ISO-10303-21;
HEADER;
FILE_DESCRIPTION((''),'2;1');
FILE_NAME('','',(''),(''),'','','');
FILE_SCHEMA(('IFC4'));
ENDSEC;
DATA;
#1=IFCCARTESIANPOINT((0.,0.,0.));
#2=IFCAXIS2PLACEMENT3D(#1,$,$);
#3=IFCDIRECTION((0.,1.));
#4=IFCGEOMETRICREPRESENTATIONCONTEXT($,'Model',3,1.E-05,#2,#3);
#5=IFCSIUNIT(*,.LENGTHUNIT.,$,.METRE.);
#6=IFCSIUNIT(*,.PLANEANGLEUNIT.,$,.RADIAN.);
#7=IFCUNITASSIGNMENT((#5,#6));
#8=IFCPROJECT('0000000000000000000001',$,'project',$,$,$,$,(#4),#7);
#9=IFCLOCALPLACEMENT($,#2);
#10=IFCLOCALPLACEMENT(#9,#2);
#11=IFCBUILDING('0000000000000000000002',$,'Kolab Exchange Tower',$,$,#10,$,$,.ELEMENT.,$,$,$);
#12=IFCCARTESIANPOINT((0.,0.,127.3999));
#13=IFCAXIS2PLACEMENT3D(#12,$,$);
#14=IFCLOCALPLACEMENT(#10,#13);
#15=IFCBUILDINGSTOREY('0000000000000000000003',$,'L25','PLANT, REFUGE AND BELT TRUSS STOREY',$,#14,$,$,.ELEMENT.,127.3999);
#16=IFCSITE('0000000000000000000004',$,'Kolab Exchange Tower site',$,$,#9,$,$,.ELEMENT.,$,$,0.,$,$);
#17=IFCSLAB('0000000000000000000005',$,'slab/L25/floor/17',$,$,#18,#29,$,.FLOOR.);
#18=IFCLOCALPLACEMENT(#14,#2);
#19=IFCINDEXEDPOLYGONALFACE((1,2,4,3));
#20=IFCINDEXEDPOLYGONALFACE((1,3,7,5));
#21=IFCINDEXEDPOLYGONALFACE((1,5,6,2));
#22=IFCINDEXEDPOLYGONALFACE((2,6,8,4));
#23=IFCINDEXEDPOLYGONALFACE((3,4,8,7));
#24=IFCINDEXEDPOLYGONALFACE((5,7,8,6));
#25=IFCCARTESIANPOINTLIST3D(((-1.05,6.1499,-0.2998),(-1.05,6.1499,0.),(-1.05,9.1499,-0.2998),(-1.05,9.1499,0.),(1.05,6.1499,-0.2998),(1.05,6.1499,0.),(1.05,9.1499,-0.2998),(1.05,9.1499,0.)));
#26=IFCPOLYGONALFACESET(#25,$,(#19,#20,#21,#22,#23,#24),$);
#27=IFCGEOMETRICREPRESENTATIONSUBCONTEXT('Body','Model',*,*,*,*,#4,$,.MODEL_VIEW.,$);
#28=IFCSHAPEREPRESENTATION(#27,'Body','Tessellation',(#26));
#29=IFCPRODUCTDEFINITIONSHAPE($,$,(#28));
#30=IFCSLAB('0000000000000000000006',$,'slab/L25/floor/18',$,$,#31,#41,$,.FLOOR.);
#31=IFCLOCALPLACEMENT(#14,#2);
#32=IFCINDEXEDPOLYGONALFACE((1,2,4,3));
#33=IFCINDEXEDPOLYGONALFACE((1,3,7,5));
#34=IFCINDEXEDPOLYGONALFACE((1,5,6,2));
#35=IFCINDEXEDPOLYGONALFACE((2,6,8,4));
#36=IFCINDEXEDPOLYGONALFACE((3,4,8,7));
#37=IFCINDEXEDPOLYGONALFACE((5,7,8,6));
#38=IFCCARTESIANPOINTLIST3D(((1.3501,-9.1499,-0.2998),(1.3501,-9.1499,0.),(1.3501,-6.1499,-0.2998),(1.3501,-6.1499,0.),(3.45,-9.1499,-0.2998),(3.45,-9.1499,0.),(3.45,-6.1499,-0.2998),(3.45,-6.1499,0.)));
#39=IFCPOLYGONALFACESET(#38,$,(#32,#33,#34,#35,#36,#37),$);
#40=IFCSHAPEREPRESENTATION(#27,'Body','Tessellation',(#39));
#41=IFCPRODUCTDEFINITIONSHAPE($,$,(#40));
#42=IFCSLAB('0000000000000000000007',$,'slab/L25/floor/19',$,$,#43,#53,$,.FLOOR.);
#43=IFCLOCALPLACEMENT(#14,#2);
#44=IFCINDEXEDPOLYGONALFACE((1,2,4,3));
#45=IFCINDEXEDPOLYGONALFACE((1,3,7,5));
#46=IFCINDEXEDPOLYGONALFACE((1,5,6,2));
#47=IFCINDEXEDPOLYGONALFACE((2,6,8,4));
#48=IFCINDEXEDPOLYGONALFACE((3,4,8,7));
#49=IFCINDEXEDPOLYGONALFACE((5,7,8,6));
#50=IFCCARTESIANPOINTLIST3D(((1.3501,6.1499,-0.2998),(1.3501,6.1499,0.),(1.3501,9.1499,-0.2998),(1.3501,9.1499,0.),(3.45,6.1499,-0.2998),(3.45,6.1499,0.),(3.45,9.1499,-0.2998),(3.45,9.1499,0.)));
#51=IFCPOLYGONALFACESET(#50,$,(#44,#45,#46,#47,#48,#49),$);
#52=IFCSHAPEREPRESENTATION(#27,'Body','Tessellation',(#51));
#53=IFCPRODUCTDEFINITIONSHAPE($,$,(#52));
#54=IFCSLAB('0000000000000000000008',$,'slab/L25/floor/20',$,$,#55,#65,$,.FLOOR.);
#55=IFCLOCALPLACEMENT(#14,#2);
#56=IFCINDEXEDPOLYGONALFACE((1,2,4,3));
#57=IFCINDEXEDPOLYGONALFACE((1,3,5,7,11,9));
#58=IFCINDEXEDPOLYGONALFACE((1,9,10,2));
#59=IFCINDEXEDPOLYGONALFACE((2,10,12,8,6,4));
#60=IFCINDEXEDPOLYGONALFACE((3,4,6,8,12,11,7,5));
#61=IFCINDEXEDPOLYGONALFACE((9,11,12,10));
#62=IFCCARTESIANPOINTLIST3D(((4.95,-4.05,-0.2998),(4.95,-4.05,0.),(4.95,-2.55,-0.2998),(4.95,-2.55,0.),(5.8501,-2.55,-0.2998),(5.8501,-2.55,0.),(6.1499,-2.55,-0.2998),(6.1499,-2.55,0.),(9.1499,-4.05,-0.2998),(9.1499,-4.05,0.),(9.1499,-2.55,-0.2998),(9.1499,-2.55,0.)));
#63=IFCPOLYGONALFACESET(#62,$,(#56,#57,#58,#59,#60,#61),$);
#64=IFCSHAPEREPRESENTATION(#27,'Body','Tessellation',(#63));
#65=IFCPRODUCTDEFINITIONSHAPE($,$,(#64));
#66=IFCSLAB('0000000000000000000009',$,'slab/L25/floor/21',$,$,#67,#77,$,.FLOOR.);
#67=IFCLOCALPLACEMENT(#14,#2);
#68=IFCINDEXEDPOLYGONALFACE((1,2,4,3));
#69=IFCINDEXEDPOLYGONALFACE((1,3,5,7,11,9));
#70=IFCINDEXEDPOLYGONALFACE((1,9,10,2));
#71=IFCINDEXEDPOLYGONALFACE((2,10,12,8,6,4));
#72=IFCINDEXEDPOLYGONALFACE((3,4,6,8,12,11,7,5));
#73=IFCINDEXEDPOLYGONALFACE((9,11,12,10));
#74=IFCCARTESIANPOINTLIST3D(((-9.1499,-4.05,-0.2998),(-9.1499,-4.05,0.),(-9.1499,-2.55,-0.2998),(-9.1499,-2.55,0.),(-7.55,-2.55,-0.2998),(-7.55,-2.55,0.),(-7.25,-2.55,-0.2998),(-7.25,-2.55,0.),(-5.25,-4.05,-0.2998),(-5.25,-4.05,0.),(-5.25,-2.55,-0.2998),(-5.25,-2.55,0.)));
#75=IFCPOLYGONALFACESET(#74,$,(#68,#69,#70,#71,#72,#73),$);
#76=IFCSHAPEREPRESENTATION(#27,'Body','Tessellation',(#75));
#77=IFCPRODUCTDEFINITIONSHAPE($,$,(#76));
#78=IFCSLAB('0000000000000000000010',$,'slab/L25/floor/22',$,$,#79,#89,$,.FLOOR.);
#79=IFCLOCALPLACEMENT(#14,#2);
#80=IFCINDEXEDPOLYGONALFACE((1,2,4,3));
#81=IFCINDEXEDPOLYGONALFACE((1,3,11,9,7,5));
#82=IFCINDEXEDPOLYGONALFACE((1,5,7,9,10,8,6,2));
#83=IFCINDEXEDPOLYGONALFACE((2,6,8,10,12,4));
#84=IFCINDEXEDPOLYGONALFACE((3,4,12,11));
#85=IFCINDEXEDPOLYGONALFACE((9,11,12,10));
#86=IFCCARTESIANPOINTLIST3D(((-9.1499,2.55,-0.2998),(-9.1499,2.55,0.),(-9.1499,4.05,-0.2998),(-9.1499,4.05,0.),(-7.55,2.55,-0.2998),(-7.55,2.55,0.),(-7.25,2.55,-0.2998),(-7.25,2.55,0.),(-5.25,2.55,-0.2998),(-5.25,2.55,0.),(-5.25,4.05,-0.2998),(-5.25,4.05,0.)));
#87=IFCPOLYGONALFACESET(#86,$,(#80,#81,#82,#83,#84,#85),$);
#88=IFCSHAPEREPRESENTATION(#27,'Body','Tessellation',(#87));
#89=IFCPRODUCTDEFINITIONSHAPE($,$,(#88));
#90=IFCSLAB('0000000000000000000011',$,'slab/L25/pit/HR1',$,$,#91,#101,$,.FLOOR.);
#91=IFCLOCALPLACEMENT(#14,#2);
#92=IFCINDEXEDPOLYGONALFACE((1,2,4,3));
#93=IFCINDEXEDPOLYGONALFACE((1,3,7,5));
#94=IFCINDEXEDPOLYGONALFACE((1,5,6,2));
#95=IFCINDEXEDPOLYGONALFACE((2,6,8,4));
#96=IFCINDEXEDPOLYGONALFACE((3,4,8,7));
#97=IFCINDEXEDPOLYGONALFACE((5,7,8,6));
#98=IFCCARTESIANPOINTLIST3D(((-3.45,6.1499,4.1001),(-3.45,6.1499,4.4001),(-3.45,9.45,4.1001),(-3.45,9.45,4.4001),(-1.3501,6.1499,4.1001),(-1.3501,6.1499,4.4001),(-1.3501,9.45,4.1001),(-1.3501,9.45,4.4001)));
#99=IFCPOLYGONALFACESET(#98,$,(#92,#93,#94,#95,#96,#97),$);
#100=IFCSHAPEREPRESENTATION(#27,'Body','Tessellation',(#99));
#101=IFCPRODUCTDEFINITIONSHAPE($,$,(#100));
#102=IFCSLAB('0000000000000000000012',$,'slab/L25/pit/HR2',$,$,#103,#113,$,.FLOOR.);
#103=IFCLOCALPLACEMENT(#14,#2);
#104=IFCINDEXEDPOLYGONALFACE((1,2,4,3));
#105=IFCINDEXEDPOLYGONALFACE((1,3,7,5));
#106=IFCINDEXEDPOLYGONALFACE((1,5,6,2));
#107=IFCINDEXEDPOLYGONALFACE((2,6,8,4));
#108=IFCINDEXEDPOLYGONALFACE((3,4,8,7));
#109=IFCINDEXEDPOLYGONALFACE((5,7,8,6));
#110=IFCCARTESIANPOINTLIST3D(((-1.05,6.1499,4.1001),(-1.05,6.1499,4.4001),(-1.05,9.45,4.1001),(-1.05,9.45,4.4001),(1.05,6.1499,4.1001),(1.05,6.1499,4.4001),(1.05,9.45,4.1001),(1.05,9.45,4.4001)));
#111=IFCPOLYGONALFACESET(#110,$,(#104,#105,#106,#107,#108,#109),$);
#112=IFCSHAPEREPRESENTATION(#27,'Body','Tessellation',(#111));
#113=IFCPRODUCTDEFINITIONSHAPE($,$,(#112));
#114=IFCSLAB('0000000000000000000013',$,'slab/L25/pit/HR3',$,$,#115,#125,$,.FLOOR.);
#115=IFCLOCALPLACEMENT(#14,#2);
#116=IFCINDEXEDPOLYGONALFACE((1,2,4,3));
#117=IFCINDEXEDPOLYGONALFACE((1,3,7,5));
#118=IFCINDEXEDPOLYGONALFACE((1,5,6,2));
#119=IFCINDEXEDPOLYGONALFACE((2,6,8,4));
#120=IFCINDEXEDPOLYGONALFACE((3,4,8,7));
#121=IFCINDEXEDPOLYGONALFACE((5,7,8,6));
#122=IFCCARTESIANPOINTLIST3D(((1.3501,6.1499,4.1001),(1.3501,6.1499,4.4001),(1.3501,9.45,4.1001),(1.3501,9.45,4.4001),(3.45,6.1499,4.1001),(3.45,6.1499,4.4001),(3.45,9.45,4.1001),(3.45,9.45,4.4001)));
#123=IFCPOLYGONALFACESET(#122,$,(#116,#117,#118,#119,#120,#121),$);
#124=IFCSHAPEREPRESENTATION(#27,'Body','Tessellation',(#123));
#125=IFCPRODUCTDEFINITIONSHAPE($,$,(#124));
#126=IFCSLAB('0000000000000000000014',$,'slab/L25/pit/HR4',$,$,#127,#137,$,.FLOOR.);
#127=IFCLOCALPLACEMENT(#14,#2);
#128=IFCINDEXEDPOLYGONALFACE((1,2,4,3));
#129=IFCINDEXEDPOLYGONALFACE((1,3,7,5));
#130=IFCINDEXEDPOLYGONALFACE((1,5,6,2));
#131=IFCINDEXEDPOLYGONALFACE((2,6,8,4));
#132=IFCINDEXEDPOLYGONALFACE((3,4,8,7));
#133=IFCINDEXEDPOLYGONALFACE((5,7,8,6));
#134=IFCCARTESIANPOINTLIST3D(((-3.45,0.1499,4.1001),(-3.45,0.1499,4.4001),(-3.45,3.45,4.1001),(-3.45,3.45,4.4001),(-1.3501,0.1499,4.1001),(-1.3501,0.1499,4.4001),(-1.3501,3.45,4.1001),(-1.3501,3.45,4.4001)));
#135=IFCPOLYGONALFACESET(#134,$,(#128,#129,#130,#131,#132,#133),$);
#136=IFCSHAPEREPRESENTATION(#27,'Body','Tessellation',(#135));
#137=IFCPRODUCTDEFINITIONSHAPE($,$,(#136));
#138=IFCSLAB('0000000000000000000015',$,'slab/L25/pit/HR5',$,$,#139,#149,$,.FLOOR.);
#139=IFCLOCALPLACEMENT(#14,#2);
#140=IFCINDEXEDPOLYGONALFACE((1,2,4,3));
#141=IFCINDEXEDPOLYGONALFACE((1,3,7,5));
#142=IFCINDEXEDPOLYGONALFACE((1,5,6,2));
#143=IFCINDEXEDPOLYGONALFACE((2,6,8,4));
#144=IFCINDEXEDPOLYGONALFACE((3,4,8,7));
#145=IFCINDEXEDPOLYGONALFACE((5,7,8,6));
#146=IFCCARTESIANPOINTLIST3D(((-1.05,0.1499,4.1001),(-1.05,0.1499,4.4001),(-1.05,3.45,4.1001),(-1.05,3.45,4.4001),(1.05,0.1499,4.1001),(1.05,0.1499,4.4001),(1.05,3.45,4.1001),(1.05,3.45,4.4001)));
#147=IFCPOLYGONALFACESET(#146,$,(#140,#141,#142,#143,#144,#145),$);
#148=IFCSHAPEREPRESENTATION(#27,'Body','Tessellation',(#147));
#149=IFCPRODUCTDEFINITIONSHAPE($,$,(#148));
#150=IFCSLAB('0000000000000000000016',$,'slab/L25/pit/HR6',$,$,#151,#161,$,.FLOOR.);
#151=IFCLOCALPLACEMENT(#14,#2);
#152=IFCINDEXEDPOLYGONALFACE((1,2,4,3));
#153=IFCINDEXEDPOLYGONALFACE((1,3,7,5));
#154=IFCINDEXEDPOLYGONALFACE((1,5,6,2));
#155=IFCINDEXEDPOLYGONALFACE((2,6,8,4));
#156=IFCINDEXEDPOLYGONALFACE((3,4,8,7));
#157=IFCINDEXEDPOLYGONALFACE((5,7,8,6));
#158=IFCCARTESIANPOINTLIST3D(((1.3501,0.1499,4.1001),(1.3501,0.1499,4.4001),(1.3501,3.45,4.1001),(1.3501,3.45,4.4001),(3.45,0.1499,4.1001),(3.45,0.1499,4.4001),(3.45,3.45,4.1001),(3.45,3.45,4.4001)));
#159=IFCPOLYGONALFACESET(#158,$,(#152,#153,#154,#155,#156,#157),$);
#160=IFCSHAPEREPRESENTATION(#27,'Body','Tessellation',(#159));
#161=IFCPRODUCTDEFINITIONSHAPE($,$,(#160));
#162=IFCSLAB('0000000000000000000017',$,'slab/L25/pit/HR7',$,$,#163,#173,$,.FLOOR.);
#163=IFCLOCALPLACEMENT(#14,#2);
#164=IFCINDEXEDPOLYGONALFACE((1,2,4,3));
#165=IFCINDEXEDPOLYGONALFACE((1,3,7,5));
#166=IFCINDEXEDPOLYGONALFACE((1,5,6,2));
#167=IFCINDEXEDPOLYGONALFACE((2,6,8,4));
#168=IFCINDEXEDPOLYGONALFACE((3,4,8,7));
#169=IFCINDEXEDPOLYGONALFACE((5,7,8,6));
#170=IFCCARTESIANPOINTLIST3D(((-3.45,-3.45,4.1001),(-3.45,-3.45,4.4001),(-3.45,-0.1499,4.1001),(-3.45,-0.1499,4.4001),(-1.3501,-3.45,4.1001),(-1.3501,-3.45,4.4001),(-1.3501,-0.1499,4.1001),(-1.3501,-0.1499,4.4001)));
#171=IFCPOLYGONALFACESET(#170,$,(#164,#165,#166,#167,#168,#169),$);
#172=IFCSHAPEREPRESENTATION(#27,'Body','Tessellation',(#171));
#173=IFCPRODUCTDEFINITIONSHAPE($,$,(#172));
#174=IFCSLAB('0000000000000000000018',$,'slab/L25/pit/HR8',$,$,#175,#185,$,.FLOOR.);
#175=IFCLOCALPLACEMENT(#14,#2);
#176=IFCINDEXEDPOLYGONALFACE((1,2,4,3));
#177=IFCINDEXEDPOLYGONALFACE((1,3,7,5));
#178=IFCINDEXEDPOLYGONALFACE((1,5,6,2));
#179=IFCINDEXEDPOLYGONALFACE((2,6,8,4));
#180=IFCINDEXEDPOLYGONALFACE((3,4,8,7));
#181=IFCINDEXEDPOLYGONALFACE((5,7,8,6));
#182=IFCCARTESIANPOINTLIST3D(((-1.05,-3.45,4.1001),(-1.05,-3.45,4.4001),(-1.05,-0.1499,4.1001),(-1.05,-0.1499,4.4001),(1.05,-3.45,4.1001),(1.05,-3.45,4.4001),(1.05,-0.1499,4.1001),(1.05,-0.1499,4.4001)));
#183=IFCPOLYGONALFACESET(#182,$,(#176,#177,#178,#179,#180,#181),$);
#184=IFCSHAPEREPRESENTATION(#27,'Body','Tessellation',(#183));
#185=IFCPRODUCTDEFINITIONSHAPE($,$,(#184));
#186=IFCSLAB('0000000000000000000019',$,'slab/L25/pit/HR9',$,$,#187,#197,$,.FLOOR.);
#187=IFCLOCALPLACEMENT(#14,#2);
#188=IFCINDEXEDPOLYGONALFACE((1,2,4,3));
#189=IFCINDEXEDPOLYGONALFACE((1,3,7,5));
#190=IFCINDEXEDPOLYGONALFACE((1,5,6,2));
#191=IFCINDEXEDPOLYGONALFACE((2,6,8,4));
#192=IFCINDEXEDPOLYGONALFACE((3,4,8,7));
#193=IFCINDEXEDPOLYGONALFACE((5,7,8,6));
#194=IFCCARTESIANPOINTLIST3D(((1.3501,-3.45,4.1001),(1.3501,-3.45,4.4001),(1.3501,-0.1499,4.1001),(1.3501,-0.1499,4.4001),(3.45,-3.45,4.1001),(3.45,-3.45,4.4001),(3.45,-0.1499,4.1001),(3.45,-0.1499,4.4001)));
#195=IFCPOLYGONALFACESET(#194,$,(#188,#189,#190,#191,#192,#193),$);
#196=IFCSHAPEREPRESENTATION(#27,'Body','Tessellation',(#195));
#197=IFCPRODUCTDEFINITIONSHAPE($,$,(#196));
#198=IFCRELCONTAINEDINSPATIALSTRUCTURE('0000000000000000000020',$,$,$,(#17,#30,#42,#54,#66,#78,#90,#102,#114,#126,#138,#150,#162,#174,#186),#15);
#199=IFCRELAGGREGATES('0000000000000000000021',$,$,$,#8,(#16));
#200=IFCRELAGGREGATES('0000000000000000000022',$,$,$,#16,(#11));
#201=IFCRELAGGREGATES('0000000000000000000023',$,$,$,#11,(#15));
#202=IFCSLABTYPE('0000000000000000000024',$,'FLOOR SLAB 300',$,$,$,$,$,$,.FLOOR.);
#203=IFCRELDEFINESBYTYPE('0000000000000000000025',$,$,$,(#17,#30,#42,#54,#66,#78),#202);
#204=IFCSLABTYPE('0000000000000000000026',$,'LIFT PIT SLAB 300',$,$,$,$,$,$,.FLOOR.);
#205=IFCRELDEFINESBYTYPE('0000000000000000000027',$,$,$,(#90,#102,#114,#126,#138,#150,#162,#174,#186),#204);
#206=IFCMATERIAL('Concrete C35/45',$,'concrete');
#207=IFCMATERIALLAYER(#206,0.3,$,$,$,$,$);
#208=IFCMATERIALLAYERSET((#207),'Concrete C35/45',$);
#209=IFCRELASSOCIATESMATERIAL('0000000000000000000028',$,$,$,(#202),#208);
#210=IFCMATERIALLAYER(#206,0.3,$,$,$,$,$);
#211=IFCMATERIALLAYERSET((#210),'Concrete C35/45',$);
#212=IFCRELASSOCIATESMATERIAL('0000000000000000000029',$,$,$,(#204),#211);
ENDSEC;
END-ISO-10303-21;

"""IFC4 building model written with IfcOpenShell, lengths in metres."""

from ifc_helpers import new_model, si_unit, direction, frame, origin, place, context, subcontext, project, spatial, polyline, outline, extrude, material, layer, layer_set, type_object, element, save


model = new_model("IFC4")

# Units and contexts
model_context = context("Model", 3, precision=1e-05, world=origin(), true_north=direction((0.0, 1.0)))
body_context = subcontext(model_context, "Body", "Model", "MODEL_VIEW")
ifc_project = project(units=[si_unit("LENGTHUNIT", "METRE"), si_unit("PLANEANGLEUNIT", "RADIAN")], contexts=[model_context])

# Site, building, storey
site_placement = place(None, origin())
site = spatial("IfcSite", under=ifc_project, at=site_placement, Name="Kolab Exchange Tower site", CompositionType="ELEMENT", RefElevation=0.0)
building_placement = place(site_placement, origin())
building = spatial("IfcBuilding", under=site, at=building_placement, Name="Kolab Exchange Tower", CompositionType="ELEMENT")
storey_placement = place(building_placement, frame((0.0, 0.0, 127.3999)))
storey = spatial("IfcBuildingStorey", under=building, at=storey_placement, Name="L25", Description="PLANT, REFUGE AND BELT TRUSS STOREY", CompositionType="ELEMENT", Elevation=127.3999)

# Slabs
ifc_material_1 = material(Name="Concrete C35/45", Category="concrete")
ifc_layer_1 = layer(ifc_material_1, 0.3)
ifc_layer_set_1 = layer_set([ifc_layer_1], Name="Concrete C35/45")
slab_type_1 = type_object("IfcSlabType", Name="FLOOR SLAB 300", PredefinedType="FLOOR", material=ifc_layer_set_1)
slab_1_placement = place(storey_placement, frame((0.0, 0.0, -0.2998)))
element("IfcSlab", 1, at=slab_1_placement, inside=storey, type_object=slab_type_1, Name="slab/L25/floor/17", PredefinedType="FLOOR", context=body_context, shape_type="SweptSolid", body=[
    extrude(outline(polyline([(-1.05, 9.1499), (-1.05, 6.1499), (1.05, 6.1499), (1.05, 9.1499), (-1.05, 9.1499)])), origin(), (0.0, 0.0, 1.0), 0.2998),
])
slab_2_placement = place(storey_placement, frame((0.0, 0.0, -0.2998)))
element("IfcSlab", 2, at=slab_2_placement, inside=storey, type_object=slab_type_1, Name="slab/L25/floor/18", PredefinedType="FLOOR", context=body_context, shape_type="SweptSolid", body=[
    extrude(outline(polyline([(1.3501, -6.1499), (1.3501, -9.1499), (3.45, -9.1499), (3.45, -6.1499), (1.3501, -6.1499)])), origin(), (0.0, 0.0, 1.0), 0.2998),
])
slab_3_placement = place(storey_placement, frame((0.0, 0.0, -0.2998)))
element("IfcSlab", 3, at=slab_3_placement, inside=storey, type_object=slab_type_1, Name="slab/L25/floor/19", PredefinedType="FLOOR", context=body_context, shape_type="SweptSolid", body=[
    extrude(outline(polyline([(1.3501, 6.1499), (3.45, 6.1499), (3.45, 9.1499), (1.3501, 9.1499), (1.3501, 6.1499)])), origin(), (0.0, 0.0, 1.0), 0.2998),
])
slab_4_placement = place(storey_placement, frame((0.0, 0.0, -0.2998)))
element("IfcSlab", 4, at=slab_4_placement, inside=storey, type_object=slab_type_1, Name="slab/L25/floor/20", PredefinedType="FLOOR", context=body_context, shape_type="SweptSolid", body=[
    extrude(outline(polyline([(4.95, -4.05), (9.1499, -4.05), (9.1499, -2.55), (6.1499, -2.55), (5.8501, -2.55), (4.95, -2.55), (4.95, -4.05)])), origin(), (0.0, 0.0, 1.0), 0.2998),
])
slab_5_placement = place(storey_placement, frame((0.0, 0.0, -0.2998)))
element("IfcSlab", 5, at=slab_5_placement, inside=storey, type_object=slab_type_1, Name="slab/L25/floor/21", PredefinedType="FLOOR", context=body_context, shape_type="SweptSolid", body=[
    extrude(outline(polyline([(-9.1499, -2.55), (-9.1499, -4.05), (-5.25, -4.05), (-5.25, -2.55), (-7.25, -2.55), (-7.55, -2.55), (-9.1499, -2.55)])), origin(), (0.0, 0.0, 1.0), 0.2998),
])
slab_6_placement = place(storey_placement, frame((0.0, 0.0, -0.2998)))
element("IfcSlab", 6, at=slab_6_placement, inside=storey, type_object=slab_type_1, Name="slab/L25/floor/22", PredefinedType="FLOOR", context=body_context, shape_type="SweptSolid", body=[
    extrude(outline(polyline([(-5.25, 4.05), (-9.1499, 4.05), (-9.1499, 2.55), (-7.55, 2.55), (-7.25, 2.55), (-5.25, 2.55), (-5.25, 4.05)])), origin(), (0.0, 0.0, 1.0), 0.2998),
])
ifc_layer_2 = layer(ifc_material_1, 0.3)
ifc_layer_set_2 = layer_set([ifc_layer_2], Name="Concrete C35/45")
slab_type_2 = type_object("IfcSlabType", Name="LIFT PIT SLAB 300", PredefinedType="FLOOR", material=ifc_layer_set_2)
slab_7_placement = place(storey_placement, frame((0.0, 0.0, 4.1001)))
element("IfcSlab", 7, at=slab_7_placement, inside=storey, type_object=slab_type_2, Name="slab/L25/pit/HR1", PredefinedType="FLOOR", context=body_context, shape_type="SweptSolid", body=[
    extrude(outline(polyline([(-3.45, 6.1499), (-1.3501, 6.1499), (-1.3501, 9.45), (-3.45, 9.45), (-3.45, 6.1499)])), origin(), (0.0, 0.0, 1.0), 0.3),
])
slab_8_placement = place(storey_placement, frame((0.0, 0.0, 4.1001)))
element("IfcSlab", 8, at=slab_8_placement, inside=storey, type_object=slab_type_2, Name="slab/L25/pit/HR2", PredefinedType="FLOOR", context=body_context, shape_type="SweptSolid", body=[
    extrude(outline(polyline([(-1.05, 6.1499), (1.05, 6.1499), (1.05, 9.45), (-1.05, 9.45), (-1.05, 6.1499)])), origin(), (0.0, 0.0, 1.0), 0.3),
])
slab_9_placement = place(storey_placement, frame((0.0, 0.0, 4.1001)))
element("IfcSlab", 9, at=slab_9_placement, inside=storey, type_object=slab_type_2, Name="slab/L25/pit/HR3", PredefinedType="FLOOR", context=body_context, shape_type="SweptSolid", body=[
    extrude(outline(polyline([(1.3501, 6.1499), (3.45, 6.1499), (3.45, 9.45), (1.3501, 9.45), (1.3501, 6.1499)])), origin(), (0.0, 0.0, 1.0), 0.3),
])
slab_10_placement = place(storey_placement, frame((0.0, 0.0, 4.1001)))
element("IfcSlab", 10, at=slab_10_placement, inside=storey, type_object=slab_type_2, Name="slab/L25/pit/HR4", PredefinedType="FLOOR", context=body_context, shape_type="SweptSolid", body=[
    extrude(outline(polyline([(-3.45, 0.1499), (-1.3501, 0.1499), (-1.3501, 3.45), (-3.45, 3.45), (-3.45, 0.1499)])), origin(), (0.0, 0.0, 1.0), 0.3),
])
slab_11_placement = place(storey_placement, frame((0.0, 0.0, 4.1001)))
element("IfcSlab", 11, at=slab_11_placement, inside=storey, type_object=slab_type_2, Name="slab/L25/pit/HR5", PredefinedType="FLOOR", context=body_context, shape_type="SweptSolid", body=[
    extrude(outline(polyline([(-1.05, 0.1499), (1.05, 0.1499), (1.05, 3.45), (-1.05, 3.45), (-1.05, 0.1499)])), origin(), (0.0, 0.0, 1.0), 0.3),
])
slab_12_placement = place(storey_placement, frame((0.0, 0.0, 4.1001)))
element("IfcSlab", 12, at=slab_12_placement, inside=storey, type_object=slab_type_2, Name="slab/L25/pit/HR6", PredefinedType="FLOOR", context=body_context, shape_type="SweptSolid", body=[
    extrude(outline(polyline([(1.3501, 0.1499), (3.45, 0.1499), (3.45, 3.45), (1.3501, 3.45), (1.3501, 0.1499)])), origin(), (0.0, 0.0, 1.0), 0.3),
])
slab_13_placement = place(storey_placement, frame((0.0, 0.0, 4.1001)))
element("IfcSlab", 13, at=slab_13_placement, inside=storey, type_object=slab_type_2, Name="slab/L25/pit/HR7", PredefinedType="FLOOR", context=body_context, shape_type="SweptSolid", body=[
    extrude(outline(polyline([(-3.45, -3.45), (-1.3501, -3.45), (-1.3501, -0.1499), (-3.45, -0.1499), (-3.45, -3.45)])), origin(), (0.0, 0.0, 1.0), 0.3),
])
slab_14_placement = place(storey_placement, frame((0.0, 0.0, 4.1001)))
element("IfcSlab", 14, at=slab_14_placement, inside=storey, type_object=slab_type_2, Name="slab/L25/pit/HR8", PredefinedType="FLOOR", context=body_context, shape_type="SweptSolid", body=[
    extrude(outline(polyline([(-1.05, -3.45), (1.05, -3.45), (1.05, -0.1499), (-1.05, -0.1499), (-1.05, -3.45)])), origin(), (0.0, 0.0, 1.0), 0.3),
])
slab_15_placement = place(storey_placement, frame((0.0, 0.0, 4.1001)))
element("IfcSlab", 15, at=slab_15_placement, inside=storey, type_object=slab_type_2, Name="slab/L25/pit/HR9", PredefinedType="FLOOR", context=body_context, shape_type="SweptSolid", body=[
    extrude(outline(polyline([(1.3501, -3.45), (3.45, -3.45), (3.45, -0.1499), (1.3501, -0.1499), (1.3501, -3.45)])), origin(), (0.0, 0.0, 1.0), 0.3),
])

save(model, "model.ifc")
